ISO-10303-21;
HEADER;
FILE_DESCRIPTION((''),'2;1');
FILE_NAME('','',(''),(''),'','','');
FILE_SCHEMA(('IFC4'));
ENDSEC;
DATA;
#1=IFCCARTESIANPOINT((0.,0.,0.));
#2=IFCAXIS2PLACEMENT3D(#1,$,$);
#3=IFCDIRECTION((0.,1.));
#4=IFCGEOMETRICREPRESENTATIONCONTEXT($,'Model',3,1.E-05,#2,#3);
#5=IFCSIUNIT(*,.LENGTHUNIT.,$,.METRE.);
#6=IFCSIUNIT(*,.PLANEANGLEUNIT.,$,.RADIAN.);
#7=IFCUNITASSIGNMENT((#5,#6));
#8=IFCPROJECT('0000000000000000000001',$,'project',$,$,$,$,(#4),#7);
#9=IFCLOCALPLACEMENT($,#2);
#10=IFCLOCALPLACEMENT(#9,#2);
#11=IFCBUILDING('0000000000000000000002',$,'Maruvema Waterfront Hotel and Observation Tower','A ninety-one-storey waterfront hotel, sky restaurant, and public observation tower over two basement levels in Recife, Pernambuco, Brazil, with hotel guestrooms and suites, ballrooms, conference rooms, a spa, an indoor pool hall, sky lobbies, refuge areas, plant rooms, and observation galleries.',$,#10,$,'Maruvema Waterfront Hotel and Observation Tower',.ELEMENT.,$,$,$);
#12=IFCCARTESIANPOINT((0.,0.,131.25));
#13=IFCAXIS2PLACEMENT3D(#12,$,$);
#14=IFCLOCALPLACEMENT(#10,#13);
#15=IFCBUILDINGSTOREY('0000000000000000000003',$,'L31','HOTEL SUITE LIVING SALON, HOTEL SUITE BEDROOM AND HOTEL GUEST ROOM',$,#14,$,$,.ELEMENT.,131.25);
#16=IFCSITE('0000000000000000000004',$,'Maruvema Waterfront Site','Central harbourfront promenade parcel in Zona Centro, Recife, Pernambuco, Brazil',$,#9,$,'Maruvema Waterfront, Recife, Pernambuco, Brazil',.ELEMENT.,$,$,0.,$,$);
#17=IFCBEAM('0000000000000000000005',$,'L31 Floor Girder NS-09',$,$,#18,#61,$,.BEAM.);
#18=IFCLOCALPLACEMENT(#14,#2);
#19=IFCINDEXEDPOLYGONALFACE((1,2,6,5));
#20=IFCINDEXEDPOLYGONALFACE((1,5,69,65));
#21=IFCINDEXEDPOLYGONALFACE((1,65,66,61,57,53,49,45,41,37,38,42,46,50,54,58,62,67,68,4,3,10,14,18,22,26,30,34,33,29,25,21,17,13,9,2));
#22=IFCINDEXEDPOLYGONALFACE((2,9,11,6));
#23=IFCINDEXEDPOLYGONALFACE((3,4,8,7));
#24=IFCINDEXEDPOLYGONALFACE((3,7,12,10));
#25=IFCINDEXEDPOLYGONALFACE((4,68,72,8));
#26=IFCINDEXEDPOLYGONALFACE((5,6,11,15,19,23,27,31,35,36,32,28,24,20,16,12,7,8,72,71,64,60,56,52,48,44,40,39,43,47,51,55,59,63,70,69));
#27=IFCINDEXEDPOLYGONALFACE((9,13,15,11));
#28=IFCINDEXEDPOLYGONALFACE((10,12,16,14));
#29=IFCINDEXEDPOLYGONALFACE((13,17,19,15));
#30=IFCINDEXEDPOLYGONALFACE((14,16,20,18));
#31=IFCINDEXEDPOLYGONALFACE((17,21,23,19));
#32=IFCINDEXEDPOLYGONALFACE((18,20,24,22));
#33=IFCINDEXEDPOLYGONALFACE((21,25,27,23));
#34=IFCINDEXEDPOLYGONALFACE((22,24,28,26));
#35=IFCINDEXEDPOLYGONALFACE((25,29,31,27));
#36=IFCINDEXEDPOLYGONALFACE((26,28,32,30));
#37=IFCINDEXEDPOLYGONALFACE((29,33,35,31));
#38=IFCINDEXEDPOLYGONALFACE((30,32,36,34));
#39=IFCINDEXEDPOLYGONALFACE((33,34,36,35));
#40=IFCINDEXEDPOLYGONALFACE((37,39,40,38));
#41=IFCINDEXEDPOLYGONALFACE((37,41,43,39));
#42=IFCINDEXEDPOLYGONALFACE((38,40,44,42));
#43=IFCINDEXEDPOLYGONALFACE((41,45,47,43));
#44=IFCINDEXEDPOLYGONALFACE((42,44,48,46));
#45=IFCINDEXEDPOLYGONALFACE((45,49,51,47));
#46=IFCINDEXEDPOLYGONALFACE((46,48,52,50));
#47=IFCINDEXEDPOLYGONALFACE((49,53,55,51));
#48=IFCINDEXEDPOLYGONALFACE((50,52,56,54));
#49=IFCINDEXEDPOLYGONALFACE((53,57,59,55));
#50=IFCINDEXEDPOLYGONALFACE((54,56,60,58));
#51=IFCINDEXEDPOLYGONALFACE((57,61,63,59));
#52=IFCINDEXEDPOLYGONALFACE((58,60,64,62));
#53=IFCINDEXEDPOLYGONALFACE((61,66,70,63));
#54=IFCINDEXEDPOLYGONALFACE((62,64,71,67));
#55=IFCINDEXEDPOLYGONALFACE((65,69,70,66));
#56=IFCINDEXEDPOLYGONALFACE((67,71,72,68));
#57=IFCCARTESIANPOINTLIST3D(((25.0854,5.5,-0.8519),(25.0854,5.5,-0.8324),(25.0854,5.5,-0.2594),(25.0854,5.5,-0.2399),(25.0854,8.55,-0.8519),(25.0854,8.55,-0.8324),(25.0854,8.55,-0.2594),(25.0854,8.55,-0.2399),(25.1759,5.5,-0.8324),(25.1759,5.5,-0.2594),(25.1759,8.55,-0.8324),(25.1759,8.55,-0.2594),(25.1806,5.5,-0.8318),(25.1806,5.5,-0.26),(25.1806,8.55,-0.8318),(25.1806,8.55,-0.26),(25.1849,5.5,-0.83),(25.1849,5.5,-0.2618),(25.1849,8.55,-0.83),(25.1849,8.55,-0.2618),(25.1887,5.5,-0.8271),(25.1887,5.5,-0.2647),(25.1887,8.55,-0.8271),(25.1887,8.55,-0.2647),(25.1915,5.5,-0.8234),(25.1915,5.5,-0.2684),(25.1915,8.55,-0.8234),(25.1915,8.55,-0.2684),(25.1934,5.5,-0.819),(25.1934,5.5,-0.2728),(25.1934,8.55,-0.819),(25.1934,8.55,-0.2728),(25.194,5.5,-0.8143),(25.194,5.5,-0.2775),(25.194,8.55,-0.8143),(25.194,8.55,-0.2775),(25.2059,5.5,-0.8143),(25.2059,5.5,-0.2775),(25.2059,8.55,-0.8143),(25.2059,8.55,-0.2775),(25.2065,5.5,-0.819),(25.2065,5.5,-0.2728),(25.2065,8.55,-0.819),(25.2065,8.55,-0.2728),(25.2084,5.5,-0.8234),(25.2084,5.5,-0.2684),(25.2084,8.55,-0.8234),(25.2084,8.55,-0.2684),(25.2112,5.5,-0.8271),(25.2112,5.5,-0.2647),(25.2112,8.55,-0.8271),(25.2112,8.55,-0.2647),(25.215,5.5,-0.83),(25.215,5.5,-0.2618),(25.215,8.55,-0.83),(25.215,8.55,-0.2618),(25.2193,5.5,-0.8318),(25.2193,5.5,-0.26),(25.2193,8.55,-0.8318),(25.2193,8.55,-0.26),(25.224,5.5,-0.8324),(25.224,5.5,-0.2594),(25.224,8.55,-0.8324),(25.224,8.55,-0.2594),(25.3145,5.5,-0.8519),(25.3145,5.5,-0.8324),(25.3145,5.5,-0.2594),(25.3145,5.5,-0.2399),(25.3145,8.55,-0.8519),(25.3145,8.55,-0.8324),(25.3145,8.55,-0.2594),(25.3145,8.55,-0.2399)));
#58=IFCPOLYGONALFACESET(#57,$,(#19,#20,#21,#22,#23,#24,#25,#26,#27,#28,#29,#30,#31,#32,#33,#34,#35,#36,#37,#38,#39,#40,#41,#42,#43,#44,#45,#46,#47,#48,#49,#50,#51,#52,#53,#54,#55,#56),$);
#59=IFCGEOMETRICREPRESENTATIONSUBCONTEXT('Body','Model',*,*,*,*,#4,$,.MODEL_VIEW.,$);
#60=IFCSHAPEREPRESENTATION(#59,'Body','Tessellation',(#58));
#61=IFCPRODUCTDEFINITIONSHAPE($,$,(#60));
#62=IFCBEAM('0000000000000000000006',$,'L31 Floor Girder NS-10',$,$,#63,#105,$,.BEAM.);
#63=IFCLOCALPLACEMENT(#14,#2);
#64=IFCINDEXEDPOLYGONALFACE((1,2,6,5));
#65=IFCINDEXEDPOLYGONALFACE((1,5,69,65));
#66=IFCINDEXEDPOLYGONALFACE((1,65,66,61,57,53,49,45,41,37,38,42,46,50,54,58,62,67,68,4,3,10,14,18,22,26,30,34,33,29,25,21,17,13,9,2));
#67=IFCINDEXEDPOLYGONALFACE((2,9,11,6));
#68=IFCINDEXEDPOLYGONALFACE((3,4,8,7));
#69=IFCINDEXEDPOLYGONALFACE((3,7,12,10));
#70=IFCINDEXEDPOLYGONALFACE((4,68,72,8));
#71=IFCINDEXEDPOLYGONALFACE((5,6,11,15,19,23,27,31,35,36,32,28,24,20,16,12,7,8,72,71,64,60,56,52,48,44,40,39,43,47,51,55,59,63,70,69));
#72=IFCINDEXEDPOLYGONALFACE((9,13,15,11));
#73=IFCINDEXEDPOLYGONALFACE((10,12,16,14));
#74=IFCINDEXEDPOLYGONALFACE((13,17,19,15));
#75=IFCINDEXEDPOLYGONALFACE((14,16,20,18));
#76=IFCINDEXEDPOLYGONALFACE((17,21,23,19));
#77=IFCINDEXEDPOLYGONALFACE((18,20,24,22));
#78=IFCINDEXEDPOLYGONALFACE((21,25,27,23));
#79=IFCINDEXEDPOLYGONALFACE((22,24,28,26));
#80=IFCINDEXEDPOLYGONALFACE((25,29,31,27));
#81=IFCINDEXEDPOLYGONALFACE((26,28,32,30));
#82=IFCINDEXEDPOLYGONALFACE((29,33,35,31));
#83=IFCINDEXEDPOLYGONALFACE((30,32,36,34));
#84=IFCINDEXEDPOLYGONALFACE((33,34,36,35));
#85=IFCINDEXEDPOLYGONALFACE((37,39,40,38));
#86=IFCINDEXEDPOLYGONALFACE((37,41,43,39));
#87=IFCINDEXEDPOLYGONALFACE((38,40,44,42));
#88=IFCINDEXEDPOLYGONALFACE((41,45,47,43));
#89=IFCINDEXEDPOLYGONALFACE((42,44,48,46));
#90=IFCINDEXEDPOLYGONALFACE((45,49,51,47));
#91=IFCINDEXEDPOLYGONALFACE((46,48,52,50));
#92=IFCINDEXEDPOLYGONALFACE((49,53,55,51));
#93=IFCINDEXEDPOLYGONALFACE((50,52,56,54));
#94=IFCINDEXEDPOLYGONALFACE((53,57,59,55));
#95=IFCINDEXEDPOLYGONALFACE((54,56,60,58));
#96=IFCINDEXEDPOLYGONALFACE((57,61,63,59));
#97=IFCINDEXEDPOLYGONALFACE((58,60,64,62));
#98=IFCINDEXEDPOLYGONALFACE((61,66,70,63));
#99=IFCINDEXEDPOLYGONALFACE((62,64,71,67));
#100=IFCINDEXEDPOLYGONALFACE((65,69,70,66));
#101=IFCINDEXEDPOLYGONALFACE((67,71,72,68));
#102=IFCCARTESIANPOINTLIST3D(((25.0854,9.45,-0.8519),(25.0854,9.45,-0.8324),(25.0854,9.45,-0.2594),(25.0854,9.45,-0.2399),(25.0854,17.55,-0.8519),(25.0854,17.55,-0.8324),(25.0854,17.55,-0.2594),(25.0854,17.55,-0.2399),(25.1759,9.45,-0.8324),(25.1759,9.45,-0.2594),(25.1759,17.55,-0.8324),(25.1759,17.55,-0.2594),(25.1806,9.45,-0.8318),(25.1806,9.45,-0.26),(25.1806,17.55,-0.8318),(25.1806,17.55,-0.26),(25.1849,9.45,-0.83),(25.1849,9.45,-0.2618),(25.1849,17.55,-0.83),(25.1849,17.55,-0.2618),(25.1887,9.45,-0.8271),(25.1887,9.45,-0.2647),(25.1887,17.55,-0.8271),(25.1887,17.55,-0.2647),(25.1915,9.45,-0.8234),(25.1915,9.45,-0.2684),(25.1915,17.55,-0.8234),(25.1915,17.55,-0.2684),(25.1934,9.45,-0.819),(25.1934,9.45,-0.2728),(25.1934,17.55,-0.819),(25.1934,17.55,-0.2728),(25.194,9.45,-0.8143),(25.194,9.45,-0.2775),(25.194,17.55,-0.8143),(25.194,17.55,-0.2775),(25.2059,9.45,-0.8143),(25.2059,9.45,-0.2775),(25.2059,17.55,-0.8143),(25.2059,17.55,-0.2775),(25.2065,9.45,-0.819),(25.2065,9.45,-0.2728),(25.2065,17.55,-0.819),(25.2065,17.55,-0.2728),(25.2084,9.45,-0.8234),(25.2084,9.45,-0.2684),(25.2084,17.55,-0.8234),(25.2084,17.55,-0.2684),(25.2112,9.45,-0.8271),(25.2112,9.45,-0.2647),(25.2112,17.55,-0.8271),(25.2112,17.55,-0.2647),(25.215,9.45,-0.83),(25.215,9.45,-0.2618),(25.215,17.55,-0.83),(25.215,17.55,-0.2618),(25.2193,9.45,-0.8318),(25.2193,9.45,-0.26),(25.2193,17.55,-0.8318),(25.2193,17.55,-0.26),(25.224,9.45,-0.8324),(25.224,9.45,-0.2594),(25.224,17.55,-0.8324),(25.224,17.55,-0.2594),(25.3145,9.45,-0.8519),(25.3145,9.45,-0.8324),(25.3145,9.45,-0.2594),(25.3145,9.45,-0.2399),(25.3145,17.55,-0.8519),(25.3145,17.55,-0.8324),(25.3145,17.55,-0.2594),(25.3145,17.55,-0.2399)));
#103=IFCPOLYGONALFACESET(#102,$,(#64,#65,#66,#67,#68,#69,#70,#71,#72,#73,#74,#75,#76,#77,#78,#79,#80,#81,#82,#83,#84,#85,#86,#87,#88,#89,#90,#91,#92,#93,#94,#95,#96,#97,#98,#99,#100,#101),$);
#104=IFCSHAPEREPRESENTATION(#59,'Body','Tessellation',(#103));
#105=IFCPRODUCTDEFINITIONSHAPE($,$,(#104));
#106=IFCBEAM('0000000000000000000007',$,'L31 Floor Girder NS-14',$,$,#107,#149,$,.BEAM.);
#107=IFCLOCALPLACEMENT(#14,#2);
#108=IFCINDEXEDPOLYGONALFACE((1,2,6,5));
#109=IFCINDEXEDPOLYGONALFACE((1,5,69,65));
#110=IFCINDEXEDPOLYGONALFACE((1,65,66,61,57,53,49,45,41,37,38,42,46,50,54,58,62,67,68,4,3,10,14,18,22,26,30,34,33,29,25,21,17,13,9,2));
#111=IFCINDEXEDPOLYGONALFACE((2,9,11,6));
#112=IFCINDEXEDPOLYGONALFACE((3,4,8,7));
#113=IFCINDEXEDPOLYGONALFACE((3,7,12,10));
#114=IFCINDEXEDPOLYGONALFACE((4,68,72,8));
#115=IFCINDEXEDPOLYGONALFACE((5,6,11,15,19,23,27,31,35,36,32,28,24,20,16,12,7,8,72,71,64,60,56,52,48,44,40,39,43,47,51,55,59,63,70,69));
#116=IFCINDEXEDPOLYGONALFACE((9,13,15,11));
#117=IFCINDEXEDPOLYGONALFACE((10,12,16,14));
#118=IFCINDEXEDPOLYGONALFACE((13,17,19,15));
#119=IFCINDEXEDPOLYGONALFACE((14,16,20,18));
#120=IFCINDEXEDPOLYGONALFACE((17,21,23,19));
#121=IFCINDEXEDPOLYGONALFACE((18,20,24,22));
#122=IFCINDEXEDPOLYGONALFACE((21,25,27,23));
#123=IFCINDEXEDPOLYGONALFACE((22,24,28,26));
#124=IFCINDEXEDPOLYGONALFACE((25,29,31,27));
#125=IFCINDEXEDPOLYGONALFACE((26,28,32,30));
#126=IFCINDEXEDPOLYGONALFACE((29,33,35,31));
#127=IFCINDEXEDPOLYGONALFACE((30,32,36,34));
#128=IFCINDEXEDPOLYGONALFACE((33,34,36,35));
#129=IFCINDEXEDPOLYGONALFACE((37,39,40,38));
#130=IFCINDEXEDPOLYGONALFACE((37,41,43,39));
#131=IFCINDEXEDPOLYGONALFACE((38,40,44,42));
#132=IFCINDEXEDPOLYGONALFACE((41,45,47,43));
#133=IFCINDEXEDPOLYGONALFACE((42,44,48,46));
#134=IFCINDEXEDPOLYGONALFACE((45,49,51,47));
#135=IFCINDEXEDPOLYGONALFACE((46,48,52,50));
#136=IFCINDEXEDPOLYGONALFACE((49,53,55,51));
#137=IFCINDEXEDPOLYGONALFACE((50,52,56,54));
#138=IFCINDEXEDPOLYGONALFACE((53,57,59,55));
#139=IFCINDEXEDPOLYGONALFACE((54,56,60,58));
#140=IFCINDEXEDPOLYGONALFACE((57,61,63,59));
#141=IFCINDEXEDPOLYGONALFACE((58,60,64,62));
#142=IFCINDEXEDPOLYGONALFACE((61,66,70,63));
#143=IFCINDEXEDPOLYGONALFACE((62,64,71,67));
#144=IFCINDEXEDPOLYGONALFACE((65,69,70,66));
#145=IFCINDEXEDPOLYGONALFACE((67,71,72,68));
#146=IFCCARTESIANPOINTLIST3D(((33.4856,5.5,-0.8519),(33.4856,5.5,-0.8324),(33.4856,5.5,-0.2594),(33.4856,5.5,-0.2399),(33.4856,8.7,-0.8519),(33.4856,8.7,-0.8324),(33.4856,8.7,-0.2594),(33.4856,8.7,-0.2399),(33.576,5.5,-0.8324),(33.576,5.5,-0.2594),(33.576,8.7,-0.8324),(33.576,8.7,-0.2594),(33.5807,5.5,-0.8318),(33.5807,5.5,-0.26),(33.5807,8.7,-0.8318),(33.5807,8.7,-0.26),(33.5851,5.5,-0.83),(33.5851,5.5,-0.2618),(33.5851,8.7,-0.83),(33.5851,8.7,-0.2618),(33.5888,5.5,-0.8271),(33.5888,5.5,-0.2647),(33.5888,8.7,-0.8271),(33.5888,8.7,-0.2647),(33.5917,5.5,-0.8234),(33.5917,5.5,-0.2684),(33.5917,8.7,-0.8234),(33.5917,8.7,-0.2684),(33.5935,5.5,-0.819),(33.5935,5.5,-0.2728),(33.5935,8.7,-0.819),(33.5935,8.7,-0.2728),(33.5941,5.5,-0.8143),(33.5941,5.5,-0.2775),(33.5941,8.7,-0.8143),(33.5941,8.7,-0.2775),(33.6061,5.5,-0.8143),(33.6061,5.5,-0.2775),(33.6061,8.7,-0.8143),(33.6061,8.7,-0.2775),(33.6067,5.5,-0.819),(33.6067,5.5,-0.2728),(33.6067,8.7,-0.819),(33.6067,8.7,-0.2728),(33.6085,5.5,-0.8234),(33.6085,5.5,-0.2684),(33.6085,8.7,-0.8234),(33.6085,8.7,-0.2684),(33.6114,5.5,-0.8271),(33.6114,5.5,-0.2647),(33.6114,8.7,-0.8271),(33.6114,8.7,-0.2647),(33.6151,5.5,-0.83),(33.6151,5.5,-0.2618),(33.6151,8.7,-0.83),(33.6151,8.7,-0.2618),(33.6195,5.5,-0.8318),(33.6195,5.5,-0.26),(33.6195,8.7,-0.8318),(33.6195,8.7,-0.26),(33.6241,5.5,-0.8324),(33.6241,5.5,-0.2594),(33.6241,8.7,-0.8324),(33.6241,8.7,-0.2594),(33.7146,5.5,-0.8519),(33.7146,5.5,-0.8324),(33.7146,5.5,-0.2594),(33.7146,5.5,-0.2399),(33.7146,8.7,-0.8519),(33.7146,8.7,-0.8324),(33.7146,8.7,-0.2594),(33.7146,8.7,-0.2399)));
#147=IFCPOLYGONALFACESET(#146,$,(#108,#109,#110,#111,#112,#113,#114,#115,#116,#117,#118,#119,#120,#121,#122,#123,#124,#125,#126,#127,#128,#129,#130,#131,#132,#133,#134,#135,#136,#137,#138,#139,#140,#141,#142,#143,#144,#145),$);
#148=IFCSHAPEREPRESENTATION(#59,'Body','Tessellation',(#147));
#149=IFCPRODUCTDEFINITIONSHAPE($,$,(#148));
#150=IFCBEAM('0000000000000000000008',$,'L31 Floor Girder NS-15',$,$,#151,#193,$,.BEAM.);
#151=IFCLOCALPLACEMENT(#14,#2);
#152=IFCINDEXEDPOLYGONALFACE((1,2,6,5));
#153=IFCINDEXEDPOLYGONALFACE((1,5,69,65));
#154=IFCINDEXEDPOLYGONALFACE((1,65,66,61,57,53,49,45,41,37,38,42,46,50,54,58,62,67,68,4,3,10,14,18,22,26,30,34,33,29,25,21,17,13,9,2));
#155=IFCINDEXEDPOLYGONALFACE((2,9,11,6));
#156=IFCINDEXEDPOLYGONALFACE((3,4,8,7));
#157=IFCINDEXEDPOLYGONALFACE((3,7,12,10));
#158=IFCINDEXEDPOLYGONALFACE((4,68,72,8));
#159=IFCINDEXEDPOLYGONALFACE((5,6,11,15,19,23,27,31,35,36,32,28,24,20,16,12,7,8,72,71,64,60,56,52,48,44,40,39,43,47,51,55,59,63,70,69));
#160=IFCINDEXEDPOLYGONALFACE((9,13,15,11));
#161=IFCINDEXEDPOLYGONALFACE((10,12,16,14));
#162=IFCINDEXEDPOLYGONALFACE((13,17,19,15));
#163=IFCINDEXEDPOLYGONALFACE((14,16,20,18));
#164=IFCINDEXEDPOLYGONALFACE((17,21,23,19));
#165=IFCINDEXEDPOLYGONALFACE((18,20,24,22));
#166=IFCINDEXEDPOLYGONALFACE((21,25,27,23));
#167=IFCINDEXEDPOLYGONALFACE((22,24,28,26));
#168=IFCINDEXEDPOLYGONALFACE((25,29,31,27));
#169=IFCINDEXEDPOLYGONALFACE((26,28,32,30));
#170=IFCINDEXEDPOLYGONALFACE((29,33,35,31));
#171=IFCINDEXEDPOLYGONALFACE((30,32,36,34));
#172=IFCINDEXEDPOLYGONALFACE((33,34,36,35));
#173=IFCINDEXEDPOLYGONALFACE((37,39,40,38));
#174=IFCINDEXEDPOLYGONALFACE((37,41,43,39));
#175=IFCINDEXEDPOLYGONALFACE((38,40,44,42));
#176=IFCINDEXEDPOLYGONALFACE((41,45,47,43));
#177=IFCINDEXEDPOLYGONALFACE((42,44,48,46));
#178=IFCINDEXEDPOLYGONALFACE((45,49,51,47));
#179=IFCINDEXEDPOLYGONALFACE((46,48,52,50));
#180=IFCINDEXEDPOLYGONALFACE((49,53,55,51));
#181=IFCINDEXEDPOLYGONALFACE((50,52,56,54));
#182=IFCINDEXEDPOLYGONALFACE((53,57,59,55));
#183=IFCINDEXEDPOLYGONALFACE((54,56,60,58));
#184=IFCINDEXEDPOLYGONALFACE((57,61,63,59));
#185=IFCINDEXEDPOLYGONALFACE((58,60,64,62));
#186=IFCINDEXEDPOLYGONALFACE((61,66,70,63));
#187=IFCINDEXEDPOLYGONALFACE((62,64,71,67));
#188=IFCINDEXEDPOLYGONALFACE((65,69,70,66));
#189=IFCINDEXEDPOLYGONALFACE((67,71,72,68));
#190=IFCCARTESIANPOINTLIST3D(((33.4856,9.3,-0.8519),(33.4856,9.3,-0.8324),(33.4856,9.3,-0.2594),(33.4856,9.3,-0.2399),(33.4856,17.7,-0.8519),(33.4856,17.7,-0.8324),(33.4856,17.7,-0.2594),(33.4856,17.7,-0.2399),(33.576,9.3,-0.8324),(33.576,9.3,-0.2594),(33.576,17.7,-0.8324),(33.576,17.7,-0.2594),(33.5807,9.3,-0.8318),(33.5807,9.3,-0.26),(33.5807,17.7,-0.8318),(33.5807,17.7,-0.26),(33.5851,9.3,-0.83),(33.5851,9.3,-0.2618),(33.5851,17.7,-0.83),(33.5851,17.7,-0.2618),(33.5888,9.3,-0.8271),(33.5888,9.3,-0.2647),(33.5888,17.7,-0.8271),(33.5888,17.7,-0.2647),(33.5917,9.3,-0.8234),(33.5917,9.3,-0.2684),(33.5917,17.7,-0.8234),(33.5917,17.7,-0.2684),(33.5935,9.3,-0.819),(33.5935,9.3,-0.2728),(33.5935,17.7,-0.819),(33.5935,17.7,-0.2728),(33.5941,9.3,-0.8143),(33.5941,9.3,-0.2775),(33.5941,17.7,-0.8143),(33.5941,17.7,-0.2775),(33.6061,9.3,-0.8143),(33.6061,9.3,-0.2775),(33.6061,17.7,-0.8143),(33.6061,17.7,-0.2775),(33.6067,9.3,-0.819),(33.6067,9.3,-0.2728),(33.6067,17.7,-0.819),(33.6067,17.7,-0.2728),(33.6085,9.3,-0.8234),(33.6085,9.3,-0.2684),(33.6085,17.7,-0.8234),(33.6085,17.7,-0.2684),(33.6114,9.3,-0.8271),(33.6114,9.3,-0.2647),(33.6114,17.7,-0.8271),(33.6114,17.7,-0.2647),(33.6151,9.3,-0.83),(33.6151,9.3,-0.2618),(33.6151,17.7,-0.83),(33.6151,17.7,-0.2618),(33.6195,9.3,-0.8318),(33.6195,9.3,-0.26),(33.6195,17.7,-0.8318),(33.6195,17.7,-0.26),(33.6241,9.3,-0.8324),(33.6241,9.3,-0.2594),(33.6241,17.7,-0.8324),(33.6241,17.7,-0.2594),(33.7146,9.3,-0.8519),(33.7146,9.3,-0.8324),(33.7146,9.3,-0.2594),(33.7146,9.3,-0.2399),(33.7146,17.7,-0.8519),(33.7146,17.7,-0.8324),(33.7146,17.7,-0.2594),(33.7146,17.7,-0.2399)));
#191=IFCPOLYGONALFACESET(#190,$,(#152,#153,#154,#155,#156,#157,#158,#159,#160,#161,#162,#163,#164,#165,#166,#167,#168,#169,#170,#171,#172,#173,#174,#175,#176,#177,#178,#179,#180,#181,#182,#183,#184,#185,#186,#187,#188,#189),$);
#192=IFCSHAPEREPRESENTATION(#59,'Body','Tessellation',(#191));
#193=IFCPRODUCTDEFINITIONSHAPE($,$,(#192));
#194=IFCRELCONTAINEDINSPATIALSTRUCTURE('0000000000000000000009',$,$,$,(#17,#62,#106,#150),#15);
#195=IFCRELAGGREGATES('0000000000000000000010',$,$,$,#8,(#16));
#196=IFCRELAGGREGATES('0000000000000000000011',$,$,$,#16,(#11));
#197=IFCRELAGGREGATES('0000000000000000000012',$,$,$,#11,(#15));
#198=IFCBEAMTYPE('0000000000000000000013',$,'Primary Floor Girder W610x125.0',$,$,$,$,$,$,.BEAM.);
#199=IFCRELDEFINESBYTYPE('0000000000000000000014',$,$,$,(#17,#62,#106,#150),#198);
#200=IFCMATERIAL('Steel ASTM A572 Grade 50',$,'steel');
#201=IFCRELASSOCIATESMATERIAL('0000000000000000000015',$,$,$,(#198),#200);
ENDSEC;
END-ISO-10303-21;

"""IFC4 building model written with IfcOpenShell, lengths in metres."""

from ifc_helpers import new_model, si_unit, direction, frame, origin, origin_2d, place, context, subcontext, project, spatial, i_section, extrude, material, material_profile, profile_set, type_object, element, save


model = new_model("IFC4")

# Units and contexts
model_context = context("Model", 3, precision=1e-05, world=origin(), true_north=direction((0.0, 1.0)))
body_context = subcontext(model_context, "Body", "Model", "MODEL_VIEW")
ifc_project = project(units=[si_unit("LENGTHUNIT", "METRE"), si_unit("PLANEANGLEUNIT", "RADIAN")], contexts=[model_context])

# Site, building, storey
site_placement = place(None, origin())
site = spatial("IfcSite", under=ifc_project, at=site_placement, Name="Maruvema Waterfront Site", Description="Central harbourfront promenade parcel in Zona Centro, Recife, Pernambuco, Brazil", LongName="Maruvema Waterfront, Recife, Pernambuco, Brazil", CompositionType="ELEMENT", RefElevation=0.0)
building_placement = place(site_placement, origin())
building = spatial("IfcBuilding", under=site, at=building_placement, Name="Maruvema Waterfront Hotel and Observation Tower", Description="A ninety-one-storey waterfront hotel, sky restaurant, and public observation tower over two basement levels in Recife, Pernambuco, Brazil, with hotel guestrooms and suites, ballrooms, conference rooms, a spa, an indoor pool hall, sky lobbies, refuge areas, plant rooms, and observation galleries.", LongName="Maruvema Waterfront Hotel and Observation Tower", CompositionType="ELEMENT")
storey_placement = place(building_placement, frame((0.0, 0.0, 131.25)))
storey = spatial("IfcBuildingStorey", under=building, at=storey_placement, Name="L31", Description="HOTEL SUITE LIVING SALON, HOTEL SUITE BEDROOM AND HOTEL GUEST ROOM", CompositionType="ELEMENT", Elevation=131.25)

# Beams
ifc_material_1 = material(Name="Steel ASTM A572 Grade 50", Category="steel")
ifc_material_profile_1 = material_profile(ifc_material_1, i_section(OverallWidth=0.229, OverallDepth=0.6121, WebThickness=0.012, FlangeThickness=0.0195, FilletRadius=0.0181, at=origin_2d()), Name="W610x125.0")
ifc_profile_set_1 = profile_set([ifc_material_profile_1], Name="Steel ASTM A572 Grade 50")
beam_type_1 = type_object("IfcBeamType", Name="Primary Floor Girder W610x125.0", PredefinedType="BEAM", material=ifc_profile_set_1)
beam_1_placement = place(storey_placement, frame((25.2, 5.5, -0.5459), z_axis=(0.0, 1.0, 0.0), x_axis=(-1.0, 0.0, 0.0)))
element("IfcBeam", 1, at=beam_1_placement, inside=storey, type_object=beam_type_1, Name="L31 Floor Girder NS-09", PredefinedType="BEAM", context=body_context, shape_type="SweptSolid", body=[
    extrude(i_section(OverallWidth=0.229, OverallDepth=0.6121, WebThickness=0.012, FlangeThickness=0.0195, FilletRadius=0.0181, at=origin_2d()), origin(), (0.0, 0.0, 1.0), 3.05),
])
beam_2_placement = place(storey_placement, frame((25.2, 9.45, -0.5459), z_axis=(0.0, 1.0, 0.0), x_axis=(-1.0, 0.0, 0.0)))
element("IfcBeam", 2, at=beam_2_placement, inside=storey, type_object=beam_type_1, Name="L31 Floor Girder NS-10", PredefinedType="BEAM", context=body_context, shape_type="SweptSolid", body=[
    extrude(i_section(OverallWidth=0.229, OverallDepth=0.6121, WebThickness=0.012, FlangeThickness=0.0195, FilletRadius=0.0181, at=origin_2d()), origin(), (0.0, 0.0, 1.0), 8.1001),
])
beam_3_placement = place(storey_placement, frame((33.6001, 5.5, -0.5459), z_axis=(0.0, 1.0, 0.0), x_axis=(-1.0, 0.0, 0.0)))
element("IfcBeam", 3, at=beam_3_placement, inside=storey, type_object=beam_type_1, Name="L31 Floor Girder NS-14", PredefinedType="BEAM", context=body_context, shape_type="SweptSolid", body=[
    extrude(i_section(OverallWidth=0.229, OverallDepth=0.6121, WebThickness=0.012, FlangeThickness=0.0195, FilletRadius=0.0181, at=origin_2d()), origin(), (0.0, 0.0, 1.0), 3.2),
])
beam_4_placement = place(storey_placement, frame((33.6001, 9.3, -0.5459), z_axis=(0.0, 1.0, 0.0), x_axis=(-1.0, 0.0, 0.0)))
element("IfcBeam", 4, at=beam_4_placement, inside=storey, type_object=beam_type_1, Name="L31 Floor Girder NS-15", PredefinedType="BEAM", context=body_context, shape_type="SweptSolid", body=[
    extrude(i_section(OverallWidth=0.229, OverallDepth=0.6121, WebThickness=0.012, FlangeThickness=0.0195, FilletRadius=0.0181, at=origin_2d()), origin(), (0.0, 0.0, 1.0), 8.3999),
])

save(model, "model.ifc")
